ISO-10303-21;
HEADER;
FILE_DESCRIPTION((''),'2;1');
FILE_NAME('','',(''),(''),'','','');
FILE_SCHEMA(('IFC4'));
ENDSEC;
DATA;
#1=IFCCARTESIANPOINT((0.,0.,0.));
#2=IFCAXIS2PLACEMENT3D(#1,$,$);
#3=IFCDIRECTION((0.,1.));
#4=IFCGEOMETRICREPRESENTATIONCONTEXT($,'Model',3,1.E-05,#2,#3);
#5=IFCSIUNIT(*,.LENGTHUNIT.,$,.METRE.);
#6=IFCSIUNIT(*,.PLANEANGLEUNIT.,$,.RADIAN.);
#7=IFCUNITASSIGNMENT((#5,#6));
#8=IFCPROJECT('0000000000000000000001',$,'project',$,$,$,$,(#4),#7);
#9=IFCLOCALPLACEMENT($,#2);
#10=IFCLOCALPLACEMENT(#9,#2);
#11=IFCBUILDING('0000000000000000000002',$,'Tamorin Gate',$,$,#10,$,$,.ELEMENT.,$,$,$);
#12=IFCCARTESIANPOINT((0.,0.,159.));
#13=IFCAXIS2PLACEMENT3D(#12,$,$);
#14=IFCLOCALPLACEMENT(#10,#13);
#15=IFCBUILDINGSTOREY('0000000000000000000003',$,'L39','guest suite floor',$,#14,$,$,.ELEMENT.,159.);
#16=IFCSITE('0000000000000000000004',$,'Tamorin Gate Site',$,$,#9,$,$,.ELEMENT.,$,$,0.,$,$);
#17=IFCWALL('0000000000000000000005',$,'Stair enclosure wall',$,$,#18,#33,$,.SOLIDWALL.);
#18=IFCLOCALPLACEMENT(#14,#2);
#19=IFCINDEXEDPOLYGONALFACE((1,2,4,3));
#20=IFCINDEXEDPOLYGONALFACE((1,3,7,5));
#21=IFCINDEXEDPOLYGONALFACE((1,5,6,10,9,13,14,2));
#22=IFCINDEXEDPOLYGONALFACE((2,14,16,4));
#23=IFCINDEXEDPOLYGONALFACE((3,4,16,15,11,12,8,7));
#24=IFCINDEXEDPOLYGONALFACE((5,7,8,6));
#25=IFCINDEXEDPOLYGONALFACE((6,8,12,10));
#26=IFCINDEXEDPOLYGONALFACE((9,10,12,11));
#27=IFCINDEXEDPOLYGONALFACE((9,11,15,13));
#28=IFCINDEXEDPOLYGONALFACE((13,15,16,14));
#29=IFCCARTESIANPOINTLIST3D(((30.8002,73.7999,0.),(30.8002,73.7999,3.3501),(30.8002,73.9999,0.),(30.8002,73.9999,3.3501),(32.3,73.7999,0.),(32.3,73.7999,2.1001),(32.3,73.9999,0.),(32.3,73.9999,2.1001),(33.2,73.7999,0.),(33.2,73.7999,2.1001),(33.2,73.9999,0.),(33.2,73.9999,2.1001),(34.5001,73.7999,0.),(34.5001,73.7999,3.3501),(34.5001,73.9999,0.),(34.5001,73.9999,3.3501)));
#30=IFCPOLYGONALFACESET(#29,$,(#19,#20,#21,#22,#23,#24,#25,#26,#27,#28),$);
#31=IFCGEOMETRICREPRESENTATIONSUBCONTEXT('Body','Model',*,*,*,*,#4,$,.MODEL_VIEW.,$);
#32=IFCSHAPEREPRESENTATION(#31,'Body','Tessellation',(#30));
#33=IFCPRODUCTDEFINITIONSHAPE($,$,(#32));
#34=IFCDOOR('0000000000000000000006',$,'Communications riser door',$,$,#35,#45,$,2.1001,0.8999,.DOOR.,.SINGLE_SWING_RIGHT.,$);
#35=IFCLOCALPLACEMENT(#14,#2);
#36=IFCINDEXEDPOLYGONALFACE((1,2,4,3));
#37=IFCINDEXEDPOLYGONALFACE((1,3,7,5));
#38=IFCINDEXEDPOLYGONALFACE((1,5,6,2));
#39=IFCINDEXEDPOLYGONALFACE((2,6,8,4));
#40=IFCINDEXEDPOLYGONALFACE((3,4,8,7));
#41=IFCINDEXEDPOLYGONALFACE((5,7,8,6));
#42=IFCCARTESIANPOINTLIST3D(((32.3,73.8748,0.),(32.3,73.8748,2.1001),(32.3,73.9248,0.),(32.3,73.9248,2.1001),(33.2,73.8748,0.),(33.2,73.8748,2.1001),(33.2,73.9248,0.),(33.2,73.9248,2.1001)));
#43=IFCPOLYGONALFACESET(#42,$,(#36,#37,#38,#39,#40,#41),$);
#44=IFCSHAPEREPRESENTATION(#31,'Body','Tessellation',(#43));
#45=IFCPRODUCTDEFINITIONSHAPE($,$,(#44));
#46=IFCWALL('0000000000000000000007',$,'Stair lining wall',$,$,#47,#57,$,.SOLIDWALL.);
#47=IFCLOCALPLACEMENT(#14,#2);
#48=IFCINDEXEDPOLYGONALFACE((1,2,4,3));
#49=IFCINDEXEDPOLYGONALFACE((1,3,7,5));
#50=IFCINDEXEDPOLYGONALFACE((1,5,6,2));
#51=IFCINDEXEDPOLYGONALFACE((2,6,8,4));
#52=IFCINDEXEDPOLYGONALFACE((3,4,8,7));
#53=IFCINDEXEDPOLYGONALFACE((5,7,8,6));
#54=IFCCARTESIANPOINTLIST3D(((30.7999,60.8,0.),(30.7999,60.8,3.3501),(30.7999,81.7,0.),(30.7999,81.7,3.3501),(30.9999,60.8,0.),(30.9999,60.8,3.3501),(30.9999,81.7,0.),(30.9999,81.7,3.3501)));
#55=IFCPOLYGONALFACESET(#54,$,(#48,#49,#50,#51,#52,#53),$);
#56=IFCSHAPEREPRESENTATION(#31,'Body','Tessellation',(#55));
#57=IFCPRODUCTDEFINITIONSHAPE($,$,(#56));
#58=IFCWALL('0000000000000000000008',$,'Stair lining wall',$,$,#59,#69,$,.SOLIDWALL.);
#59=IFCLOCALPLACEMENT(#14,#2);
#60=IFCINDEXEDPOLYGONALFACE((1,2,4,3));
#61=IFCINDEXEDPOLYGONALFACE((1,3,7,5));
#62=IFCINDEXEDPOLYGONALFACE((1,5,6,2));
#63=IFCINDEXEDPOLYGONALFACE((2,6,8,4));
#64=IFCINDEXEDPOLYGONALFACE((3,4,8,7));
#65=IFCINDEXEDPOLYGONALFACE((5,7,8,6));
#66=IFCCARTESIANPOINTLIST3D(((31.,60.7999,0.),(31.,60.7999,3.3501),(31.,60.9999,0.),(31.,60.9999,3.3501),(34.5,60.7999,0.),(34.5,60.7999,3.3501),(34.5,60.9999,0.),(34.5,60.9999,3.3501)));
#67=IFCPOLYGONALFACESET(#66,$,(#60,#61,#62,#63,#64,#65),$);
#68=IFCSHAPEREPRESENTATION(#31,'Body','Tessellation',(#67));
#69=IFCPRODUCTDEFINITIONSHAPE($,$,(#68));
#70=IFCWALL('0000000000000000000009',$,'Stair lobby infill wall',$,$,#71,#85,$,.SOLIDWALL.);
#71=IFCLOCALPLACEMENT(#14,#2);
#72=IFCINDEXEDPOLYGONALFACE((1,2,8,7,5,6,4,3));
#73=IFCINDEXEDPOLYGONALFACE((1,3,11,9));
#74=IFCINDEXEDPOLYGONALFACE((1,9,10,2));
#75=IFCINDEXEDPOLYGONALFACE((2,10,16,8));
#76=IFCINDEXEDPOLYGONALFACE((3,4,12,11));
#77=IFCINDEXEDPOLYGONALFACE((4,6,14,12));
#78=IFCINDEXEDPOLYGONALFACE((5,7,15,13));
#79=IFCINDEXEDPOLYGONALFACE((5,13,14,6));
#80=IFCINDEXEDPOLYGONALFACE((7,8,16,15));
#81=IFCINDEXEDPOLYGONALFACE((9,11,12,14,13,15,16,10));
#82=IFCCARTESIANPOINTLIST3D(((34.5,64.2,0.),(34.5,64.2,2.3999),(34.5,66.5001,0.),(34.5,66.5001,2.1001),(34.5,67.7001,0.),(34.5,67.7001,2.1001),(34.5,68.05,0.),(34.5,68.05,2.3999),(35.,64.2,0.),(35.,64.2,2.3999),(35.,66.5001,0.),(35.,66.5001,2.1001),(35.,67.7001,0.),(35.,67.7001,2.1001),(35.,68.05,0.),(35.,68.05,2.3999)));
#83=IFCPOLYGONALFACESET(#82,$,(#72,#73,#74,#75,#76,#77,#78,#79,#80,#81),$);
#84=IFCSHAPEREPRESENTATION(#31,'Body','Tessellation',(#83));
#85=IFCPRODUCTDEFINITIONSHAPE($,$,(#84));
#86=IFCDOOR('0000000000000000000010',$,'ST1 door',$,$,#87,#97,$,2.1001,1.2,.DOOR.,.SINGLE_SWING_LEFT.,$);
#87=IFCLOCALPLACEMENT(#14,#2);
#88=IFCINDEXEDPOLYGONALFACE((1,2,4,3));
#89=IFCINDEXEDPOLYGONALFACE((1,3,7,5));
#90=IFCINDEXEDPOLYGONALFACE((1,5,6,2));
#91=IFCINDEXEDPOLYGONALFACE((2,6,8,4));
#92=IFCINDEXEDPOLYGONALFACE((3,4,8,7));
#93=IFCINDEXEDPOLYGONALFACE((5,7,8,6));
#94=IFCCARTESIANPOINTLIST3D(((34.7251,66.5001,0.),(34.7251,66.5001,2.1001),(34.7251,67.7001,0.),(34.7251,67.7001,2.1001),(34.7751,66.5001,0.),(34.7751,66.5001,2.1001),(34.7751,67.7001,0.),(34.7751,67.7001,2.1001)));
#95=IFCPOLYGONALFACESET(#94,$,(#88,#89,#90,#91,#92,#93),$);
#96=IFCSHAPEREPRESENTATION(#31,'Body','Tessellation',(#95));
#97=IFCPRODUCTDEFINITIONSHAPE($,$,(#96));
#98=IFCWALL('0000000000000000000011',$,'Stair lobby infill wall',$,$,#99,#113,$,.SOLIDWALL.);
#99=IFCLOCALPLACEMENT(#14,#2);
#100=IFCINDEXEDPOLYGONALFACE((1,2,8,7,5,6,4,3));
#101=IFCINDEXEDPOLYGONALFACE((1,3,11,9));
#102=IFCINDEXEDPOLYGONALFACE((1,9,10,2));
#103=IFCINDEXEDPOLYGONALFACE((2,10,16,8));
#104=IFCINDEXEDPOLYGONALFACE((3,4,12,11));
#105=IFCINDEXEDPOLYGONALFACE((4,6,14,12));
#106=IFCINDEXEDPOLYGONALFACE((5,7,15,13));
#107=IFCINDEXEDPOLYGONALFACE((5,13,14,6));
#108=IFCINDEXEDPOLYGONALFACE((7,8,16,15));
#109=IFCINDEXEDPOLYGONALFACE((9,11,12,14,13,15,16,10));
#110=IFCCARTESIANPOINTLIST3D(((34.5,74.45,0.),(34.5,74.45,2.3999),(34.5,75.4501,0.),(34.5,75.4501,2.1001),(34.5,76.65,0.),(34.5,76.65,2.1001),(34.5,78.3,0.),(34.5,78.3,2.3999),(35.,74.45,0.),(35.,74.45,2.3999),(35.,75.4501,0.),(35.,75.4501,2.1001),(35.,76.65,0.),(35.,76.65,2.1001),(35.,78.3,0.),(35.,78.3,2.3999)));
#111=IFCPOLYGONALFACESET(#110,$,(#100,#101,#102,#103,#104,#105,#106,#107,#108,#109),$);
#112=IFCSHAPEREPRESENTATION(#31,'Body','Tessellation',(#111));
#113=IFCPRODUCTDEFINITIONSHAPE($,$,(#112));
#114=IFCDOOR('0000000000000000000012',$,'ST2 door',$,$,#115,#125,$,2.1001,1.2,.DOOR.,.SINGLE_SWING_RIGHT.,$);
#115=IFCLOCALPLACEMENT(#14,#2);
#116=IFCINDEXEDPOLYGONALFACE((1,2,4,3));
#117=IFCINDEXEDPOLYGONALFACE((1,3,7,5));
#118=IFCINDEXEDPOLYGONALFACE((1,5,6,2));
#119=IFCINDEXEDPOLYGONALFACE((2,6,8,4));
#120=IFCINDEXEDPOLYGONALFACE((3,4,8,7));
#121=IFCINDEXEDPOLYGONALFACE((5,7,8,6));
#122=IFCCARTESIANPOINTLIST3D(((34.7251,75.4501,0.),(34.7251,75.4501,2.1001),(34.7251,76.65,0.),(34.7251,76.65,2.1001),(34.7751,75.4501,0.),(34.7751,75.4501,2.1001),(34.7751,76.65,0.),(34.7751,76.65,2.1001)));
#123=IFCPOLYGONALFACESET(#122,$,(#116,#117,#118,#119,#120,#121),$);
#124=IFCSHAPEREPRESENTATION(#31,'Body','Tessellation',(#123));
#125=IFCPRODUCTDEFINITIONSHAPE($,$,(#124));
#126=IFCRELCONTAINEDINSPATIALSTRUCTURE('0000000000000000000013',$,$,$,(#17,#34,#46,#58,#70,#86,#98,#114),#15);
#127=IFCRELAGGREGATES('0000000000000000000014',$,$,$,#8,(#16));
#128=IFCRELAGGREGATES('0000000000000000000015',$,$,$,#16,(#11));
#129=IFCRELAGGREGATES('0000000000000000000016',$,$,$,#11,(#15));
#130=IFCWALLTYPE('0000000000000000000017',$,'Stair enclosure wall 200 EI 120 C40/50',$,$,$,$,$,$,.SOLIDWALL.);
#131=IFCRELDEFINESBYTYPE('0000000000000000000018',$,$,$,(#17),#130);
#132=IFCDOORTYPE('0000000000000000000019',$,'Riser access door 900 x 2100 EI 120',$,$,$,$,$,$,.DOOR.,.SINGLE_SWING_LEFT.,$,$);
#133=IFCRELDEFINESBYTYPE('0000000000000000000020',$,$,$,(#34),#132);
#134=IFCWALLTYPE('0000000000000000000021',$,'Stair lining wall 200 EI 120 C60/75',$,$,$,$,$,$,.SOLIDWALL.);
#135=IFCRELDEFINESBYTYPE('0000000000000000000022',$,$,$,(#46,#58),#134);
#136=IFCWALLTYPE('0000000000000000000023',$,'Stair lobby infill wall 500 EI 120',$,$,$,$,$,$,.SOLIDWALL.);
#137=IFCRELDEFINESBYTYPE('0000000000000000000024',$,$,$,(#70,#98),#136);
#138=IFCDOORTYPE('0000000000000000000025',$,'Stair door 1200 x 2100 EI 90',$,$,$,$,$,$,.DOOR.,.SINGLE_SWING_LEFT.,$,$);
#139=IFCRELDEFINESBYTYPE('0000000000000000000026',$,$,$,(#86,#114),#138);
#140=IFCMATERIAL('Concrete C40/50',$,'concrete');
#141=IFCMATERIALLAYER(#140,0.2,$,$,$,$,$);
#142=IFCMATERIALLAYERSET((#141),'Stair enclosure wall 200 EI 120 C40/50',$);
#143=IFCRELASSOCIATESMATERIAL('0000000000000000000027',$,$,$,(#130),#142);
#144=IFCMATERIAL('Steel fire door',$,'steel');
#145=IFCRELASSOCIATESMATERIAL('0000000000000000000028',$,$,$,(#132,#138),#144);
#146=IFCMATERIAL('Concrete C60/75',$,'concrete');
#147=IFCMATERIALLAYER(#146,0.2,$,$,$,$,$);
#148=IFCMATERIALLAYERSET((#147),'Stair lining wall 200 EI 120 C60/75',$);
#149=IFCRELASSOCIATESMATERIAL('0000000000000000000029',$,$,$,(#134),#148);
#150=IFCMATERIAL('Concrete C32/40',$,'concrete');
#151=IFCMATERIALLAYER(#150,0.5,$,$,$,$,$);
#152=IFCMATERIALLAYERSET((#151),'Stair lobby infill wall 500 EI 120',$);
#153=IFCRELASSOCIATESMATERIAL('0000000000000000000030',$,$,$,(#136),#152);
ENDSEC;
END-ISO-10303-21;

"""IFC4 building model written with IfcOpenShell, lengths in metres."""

from ifc_helpers import new_model, si_unit, direction, frame, frame_2d, origin, place, context, subcontext, project, spatial, rectangle, extrude, material, layer, layer_set, type_object, element, fill, save


model = new_model("IFC4")

# Units and contexts
model_context = context("Model", 3, precision=1e-05, world=origin(), true_north=direction((0.0, 1.0)))
body_context = subcontext(model_context, "Body", "Model", "MODEL_VIEW")
ifc_project = project(units=[si_unit("LENGTHUNIT", "METRE"), si_unit("PLANEANGLEUNIT", "RADIAN")], contexts=[model_context])

# Site, building, storey
site_placement = place(None, origin())
site = spatial("IfcSite", under=ifc_project, at=site_placement, Name="Tamorin Gate Site", CompositionType="ELEMENT", RefElevation=0.0)
building_placement = place(site_placement, origin())
building = spatial("IfcBuilding", under=site, at=building_placement, Name="Tamorin Gate", CompositionType="ELEMENT")
storey_placement = place(building_placement, frame((0.0, 0.0, 159.0)))
storey = spatial("IfcBuildingStorey", under=building, at=storey_placement, Name="L39", Description="guest suite floor", CompositionType="ELEMENT", Elevation=159.0)

# Shared definitions
ifc_material_1 = material(Name="Concrete C60/75", Category="concrete")

# Wall, opening, door
ifc_material_2 = material(Name="Concrete C40/50", Category="concrete")
ifc_layer_1 = layer(ifc_material_2, 0.2)
ifc_layer_set_1 = layer_set([ifc_layer_1], Name="Stair enclosure wall 200 EI 120 C40/50")
wall_type_1 = type_object("IfcWallType", Name="Stair enclosure wall 200 EI 120 C40/50", PredefinedType="SOLIDWALL", material=ifc_layer_set_1)
ifc_material_3 = material(Name="Steel fire door", Category="steel")
door_type_1 = type_object("IfcDoorType", Name="Riser access door 900 x 2100 EI 120", OperationType="SINGLE_SWING_LEFT", PredefinedType="DOOR", material=ifc_material_3)
wall_1_placement = place(storey_placement, frame((30.8, 73.8999, 0.0), z_axis=(0.0, 0.0, 1.0), x_axis=(1.0, 0.0, 0.0)))
wall_1 = element("IfcWall", 1, at=wall_1_placement, inside=storey, type_object=wall_type_1, Name="Stair enclosure wall", PredefinedType="SOLIDWALL", context=body_context, shape_type="SweptSolid", body=[
    extrude(rectangle(XDim=3.7, YDim=0.2, at=frame_2d((1.8501, 0.0))), origin(), (0.0, 0.0, 1.0), 3.3501),
])
opening_1_placement = place(wall_1_placement, frame((1.5, 0.0, 0.0)))
opening_1 = element("IfcOpeningElement", 2, at=opening_1_placement, cuts=wall_1, PredefinedType="OPENING", context=body_context, shape_type="SweptSolid", body=[
    extrude(rectangle(XDim=0.8999, YDim=2.1001, at=frame_2d((0.45, 1.05))), frame((0.0, 0.1099, 0.0), z_axis=(0.0, -1.0, 0.0), x_axis=(1.0, 0.0, 0.0)), (0.0, 0.0, 1.0), 0.22),
])
door_1_placement = place(opening_1_placement, origin())
door_1 = element("IfcDoor", 3, at=door_1_placement, inside=storey, type_object=door_type_1, Name="Communications riser door", OperationType="SINGLE_SWING_RIGHT", OverallHeight=2.1001, OverallWidth=0.8999, PredefinedType="DOOR", context=body_context, shape_type="SweptSolid", body=[
    extrude(rectangle(XDim=0.8999, YDim=2.1001, at=frame_2d((0.45, 1.05))), frame((0.0, 0.0249, 0.0), z_axis=(0.0, -1.0, 0.0), x_axis=(1.0, 0.0, 0.0)), (0.0, 0.0, 1.0), 0.05),
])
fill(opening_1, door_1)

# Walls
ifc_layer_2 = layer(ifc_material_1, 0.2)
ifc_layer_set_2 = layer_set([ifc_layer_2], Name="Stair lining wall 200 EI 120 C60/75")
wall_type_2 = type_object("IfcWallType", Name="Stair lining wall 200 EI 120 C60/75", PredefinedType="SOLIDWALL", material=ifc_layer_set_2)
wall_2_placement = place(storey_placement, frame((30.8999, 60.8, 0.0), z_axis=(0.0, 0.0, 1.0), x_axis=(0.0, 1.0, 0.0)))
element("IfcWall", 4, at=wall_2_placement, inside=storey, type_object=wall_type_2, Name="Stair lining wall", PredefinedType="SOLIDWALL", context=body_context, shape_type="SweptSolid", body=[
    extrude(rectangle(XDim=20.8999, YDim=0.2, at=frame_2d((10.45, 0.0))), origin(), (0.0, 0.0, 1.0), 3.3501),
])
wall_3_placement = place(storey_placement, frame((31.0, 60.8999, 0.0), z_axis=(0.0, 0.0, 1.0), x_axis=(1.0, 0.0, 0.0)))
element("IfcWall", 5, at=wall_3_placement, inside=storey, type_object=wall_type_2, Name="Stair lining wall", PredefinedType="SOLIDWALL", context=body_context, shape_type="SweptSolid", body=[
    extrude(rectangle(XDim=3.5, YDim=0.2, at=frame_2d((1.75, 0.0))), origin(), (0.0, 0.0, 1.0), 3.3501),
])

# Walls, openings, doors
ifc_material_4 = material(Name="Concrete C32/40", Category="concrete")
ifc_layer_3 = layer(ifc_material_4, 0.5)
ifc_layer_set_3 = layer_set([ifc_layer_3], Name="Stair lobby infill wall 500 EI 120")
wall_type_3 = type_object("IfcWallType", Name="Stair lobby infill wall 500 EI 120", PredefinedType="SOLIDWALL", material=ifc_layer_set_3)
wall_4_placement = place(storey_placement, frame((34.75, 64.2, 0.0), z_axis=(0.0, 0.0, 1.0), x_axis=(0.0, 1.0, 0.0)))
wall_4 = element("IfcWall", 6, at=wall_4_placement, inside=storey, type_object=wall_type_3, Name="Stair lobby infill wall", PredefinedType="SOLIDWALL", context=body_context, shape_type="SweptSolid", body=[
    extrude(rectangle(XDim=3.8501, YDim=0.5, at=frame_2d((1.925, 0.0))), origin(), (0.0, 0.0, 1.0), 2.3999),
])
opening_2_placement = place(wall_4_placement, frame((2.3, 0.0, 0.0)))
opening_2 = element("IfcOpeningElement", 7, at=opening_2_placement, cuts=wall_4, PredefinedType="OPENING", context=body_context, shape_type="SweptSolid", body=[
    extrude(rectangle(XDim=1.2, YDim=2.1001, at=frame_2d((0.6001, 1.05))), frame((0.0, 0.26, 0.0), z_axis=(0.0, -1.0, 0.0), x_axis=(1.0, 0.0, 0.0)), (0.0, 0.0, 1.0), 0.52),
])
door_type_2 = type_object("IfcDoorType", Name="Stair door 1200 x 2100 EI 90", OperationType="SINGLE_SWING_LEFT", PredefinedType="DOOR", material=ifc_material_3)
door_2_placement = place(opening_2_placement, origin())
door_2 = element("IfcDoor", 8, at=door_2_placement, inside=storey, type_object=door_type_2, Name="ST1 door", OperationType="SINGLE_SWING_LEFT", OverallHeight=2.1001, OverallWidth=1.2, PredefinedType="DOOR", context=body_context, shape_type="SweptSolid", body=[
    extrude(rectangle(XDim=1.2, YDim=2.1001, at=frame_2d((0.6001, 1.05))), frame((0.0, 0.0249, 0.0), z_axis=(0.0, -1.0, 0.0), x_axis=(1.0, 0.0, 0.0)), (0.0, 0.0, 1.0), 0.05),
])
fill(opening_2, door_2)
wall_5_placement = place(storey_placement, frame((34.75, 74.45, 0.0), z_axis=(0.0, 0.0, 1.0), x_axis=(0.0, 1.0, 0.0)))
wall_5 = element("IfcWall", 9, at=wall_5_placement, inside=storey, type_object=wall_type_3, Name="Stair lobby infill wall", PredefinedType="SOLIDWALL", context=body_context, shape_type="SweptSolid", body=[
    extrude(rectangle(XDim=3.8501, YDim=0.5, at=frame_2d((1.925, 0.0))), origin(), (0.0, 0.0, 1.0), 2.3999),
])
opening_3_placement = place(wall_5_placement, frame((1.0, 0.0, 0.0)))
opening_3 = element("IfcOpeningElement", 10, at=opening_3_placement, cuts=wall_5, PredefinedType="OPENING", context=body_context, shape_type="SweptSolid", body=[
    extrude(rectangle(XDim=1.2, YDim=2.1001, at=frame_2d((0.6001, 1.05))), frame((0.0, 0.26, 0.0), z_axis=(0.0, -1.0, 0.0), x_axis=(1.0, 0.0, 0.0)), (0.0, 0.0, 1.0), 0.52),
])
door_3_placement = place(opening_3_placement, origin())
door_3 = element("IfcDoor", 11, at=door_3_placement, inside=storey, type_object=door_type_2, Name="ST2 door", OperationType="SINGLE_SWING_RIGHT", OverallHeight=2.1001, OverallWidth=1.2, PredefinedType="DOOR", context=body_context, shape_type="SweptSolid", body=[
    extrude(rectangle(XDim=1.2, YDim=2.1001, at=frame_2d((0.6001, 1.05))), frame((0.0, 0.0249, 0.0), z_axis=(0.0, -1.0, 0.0), x_axis=(1.0, 0.0, 0.0)), (0.0, 0.0, 1.0), 0.05),
])
fill(opening_3, door_3)

save(model, "model.ifc")
